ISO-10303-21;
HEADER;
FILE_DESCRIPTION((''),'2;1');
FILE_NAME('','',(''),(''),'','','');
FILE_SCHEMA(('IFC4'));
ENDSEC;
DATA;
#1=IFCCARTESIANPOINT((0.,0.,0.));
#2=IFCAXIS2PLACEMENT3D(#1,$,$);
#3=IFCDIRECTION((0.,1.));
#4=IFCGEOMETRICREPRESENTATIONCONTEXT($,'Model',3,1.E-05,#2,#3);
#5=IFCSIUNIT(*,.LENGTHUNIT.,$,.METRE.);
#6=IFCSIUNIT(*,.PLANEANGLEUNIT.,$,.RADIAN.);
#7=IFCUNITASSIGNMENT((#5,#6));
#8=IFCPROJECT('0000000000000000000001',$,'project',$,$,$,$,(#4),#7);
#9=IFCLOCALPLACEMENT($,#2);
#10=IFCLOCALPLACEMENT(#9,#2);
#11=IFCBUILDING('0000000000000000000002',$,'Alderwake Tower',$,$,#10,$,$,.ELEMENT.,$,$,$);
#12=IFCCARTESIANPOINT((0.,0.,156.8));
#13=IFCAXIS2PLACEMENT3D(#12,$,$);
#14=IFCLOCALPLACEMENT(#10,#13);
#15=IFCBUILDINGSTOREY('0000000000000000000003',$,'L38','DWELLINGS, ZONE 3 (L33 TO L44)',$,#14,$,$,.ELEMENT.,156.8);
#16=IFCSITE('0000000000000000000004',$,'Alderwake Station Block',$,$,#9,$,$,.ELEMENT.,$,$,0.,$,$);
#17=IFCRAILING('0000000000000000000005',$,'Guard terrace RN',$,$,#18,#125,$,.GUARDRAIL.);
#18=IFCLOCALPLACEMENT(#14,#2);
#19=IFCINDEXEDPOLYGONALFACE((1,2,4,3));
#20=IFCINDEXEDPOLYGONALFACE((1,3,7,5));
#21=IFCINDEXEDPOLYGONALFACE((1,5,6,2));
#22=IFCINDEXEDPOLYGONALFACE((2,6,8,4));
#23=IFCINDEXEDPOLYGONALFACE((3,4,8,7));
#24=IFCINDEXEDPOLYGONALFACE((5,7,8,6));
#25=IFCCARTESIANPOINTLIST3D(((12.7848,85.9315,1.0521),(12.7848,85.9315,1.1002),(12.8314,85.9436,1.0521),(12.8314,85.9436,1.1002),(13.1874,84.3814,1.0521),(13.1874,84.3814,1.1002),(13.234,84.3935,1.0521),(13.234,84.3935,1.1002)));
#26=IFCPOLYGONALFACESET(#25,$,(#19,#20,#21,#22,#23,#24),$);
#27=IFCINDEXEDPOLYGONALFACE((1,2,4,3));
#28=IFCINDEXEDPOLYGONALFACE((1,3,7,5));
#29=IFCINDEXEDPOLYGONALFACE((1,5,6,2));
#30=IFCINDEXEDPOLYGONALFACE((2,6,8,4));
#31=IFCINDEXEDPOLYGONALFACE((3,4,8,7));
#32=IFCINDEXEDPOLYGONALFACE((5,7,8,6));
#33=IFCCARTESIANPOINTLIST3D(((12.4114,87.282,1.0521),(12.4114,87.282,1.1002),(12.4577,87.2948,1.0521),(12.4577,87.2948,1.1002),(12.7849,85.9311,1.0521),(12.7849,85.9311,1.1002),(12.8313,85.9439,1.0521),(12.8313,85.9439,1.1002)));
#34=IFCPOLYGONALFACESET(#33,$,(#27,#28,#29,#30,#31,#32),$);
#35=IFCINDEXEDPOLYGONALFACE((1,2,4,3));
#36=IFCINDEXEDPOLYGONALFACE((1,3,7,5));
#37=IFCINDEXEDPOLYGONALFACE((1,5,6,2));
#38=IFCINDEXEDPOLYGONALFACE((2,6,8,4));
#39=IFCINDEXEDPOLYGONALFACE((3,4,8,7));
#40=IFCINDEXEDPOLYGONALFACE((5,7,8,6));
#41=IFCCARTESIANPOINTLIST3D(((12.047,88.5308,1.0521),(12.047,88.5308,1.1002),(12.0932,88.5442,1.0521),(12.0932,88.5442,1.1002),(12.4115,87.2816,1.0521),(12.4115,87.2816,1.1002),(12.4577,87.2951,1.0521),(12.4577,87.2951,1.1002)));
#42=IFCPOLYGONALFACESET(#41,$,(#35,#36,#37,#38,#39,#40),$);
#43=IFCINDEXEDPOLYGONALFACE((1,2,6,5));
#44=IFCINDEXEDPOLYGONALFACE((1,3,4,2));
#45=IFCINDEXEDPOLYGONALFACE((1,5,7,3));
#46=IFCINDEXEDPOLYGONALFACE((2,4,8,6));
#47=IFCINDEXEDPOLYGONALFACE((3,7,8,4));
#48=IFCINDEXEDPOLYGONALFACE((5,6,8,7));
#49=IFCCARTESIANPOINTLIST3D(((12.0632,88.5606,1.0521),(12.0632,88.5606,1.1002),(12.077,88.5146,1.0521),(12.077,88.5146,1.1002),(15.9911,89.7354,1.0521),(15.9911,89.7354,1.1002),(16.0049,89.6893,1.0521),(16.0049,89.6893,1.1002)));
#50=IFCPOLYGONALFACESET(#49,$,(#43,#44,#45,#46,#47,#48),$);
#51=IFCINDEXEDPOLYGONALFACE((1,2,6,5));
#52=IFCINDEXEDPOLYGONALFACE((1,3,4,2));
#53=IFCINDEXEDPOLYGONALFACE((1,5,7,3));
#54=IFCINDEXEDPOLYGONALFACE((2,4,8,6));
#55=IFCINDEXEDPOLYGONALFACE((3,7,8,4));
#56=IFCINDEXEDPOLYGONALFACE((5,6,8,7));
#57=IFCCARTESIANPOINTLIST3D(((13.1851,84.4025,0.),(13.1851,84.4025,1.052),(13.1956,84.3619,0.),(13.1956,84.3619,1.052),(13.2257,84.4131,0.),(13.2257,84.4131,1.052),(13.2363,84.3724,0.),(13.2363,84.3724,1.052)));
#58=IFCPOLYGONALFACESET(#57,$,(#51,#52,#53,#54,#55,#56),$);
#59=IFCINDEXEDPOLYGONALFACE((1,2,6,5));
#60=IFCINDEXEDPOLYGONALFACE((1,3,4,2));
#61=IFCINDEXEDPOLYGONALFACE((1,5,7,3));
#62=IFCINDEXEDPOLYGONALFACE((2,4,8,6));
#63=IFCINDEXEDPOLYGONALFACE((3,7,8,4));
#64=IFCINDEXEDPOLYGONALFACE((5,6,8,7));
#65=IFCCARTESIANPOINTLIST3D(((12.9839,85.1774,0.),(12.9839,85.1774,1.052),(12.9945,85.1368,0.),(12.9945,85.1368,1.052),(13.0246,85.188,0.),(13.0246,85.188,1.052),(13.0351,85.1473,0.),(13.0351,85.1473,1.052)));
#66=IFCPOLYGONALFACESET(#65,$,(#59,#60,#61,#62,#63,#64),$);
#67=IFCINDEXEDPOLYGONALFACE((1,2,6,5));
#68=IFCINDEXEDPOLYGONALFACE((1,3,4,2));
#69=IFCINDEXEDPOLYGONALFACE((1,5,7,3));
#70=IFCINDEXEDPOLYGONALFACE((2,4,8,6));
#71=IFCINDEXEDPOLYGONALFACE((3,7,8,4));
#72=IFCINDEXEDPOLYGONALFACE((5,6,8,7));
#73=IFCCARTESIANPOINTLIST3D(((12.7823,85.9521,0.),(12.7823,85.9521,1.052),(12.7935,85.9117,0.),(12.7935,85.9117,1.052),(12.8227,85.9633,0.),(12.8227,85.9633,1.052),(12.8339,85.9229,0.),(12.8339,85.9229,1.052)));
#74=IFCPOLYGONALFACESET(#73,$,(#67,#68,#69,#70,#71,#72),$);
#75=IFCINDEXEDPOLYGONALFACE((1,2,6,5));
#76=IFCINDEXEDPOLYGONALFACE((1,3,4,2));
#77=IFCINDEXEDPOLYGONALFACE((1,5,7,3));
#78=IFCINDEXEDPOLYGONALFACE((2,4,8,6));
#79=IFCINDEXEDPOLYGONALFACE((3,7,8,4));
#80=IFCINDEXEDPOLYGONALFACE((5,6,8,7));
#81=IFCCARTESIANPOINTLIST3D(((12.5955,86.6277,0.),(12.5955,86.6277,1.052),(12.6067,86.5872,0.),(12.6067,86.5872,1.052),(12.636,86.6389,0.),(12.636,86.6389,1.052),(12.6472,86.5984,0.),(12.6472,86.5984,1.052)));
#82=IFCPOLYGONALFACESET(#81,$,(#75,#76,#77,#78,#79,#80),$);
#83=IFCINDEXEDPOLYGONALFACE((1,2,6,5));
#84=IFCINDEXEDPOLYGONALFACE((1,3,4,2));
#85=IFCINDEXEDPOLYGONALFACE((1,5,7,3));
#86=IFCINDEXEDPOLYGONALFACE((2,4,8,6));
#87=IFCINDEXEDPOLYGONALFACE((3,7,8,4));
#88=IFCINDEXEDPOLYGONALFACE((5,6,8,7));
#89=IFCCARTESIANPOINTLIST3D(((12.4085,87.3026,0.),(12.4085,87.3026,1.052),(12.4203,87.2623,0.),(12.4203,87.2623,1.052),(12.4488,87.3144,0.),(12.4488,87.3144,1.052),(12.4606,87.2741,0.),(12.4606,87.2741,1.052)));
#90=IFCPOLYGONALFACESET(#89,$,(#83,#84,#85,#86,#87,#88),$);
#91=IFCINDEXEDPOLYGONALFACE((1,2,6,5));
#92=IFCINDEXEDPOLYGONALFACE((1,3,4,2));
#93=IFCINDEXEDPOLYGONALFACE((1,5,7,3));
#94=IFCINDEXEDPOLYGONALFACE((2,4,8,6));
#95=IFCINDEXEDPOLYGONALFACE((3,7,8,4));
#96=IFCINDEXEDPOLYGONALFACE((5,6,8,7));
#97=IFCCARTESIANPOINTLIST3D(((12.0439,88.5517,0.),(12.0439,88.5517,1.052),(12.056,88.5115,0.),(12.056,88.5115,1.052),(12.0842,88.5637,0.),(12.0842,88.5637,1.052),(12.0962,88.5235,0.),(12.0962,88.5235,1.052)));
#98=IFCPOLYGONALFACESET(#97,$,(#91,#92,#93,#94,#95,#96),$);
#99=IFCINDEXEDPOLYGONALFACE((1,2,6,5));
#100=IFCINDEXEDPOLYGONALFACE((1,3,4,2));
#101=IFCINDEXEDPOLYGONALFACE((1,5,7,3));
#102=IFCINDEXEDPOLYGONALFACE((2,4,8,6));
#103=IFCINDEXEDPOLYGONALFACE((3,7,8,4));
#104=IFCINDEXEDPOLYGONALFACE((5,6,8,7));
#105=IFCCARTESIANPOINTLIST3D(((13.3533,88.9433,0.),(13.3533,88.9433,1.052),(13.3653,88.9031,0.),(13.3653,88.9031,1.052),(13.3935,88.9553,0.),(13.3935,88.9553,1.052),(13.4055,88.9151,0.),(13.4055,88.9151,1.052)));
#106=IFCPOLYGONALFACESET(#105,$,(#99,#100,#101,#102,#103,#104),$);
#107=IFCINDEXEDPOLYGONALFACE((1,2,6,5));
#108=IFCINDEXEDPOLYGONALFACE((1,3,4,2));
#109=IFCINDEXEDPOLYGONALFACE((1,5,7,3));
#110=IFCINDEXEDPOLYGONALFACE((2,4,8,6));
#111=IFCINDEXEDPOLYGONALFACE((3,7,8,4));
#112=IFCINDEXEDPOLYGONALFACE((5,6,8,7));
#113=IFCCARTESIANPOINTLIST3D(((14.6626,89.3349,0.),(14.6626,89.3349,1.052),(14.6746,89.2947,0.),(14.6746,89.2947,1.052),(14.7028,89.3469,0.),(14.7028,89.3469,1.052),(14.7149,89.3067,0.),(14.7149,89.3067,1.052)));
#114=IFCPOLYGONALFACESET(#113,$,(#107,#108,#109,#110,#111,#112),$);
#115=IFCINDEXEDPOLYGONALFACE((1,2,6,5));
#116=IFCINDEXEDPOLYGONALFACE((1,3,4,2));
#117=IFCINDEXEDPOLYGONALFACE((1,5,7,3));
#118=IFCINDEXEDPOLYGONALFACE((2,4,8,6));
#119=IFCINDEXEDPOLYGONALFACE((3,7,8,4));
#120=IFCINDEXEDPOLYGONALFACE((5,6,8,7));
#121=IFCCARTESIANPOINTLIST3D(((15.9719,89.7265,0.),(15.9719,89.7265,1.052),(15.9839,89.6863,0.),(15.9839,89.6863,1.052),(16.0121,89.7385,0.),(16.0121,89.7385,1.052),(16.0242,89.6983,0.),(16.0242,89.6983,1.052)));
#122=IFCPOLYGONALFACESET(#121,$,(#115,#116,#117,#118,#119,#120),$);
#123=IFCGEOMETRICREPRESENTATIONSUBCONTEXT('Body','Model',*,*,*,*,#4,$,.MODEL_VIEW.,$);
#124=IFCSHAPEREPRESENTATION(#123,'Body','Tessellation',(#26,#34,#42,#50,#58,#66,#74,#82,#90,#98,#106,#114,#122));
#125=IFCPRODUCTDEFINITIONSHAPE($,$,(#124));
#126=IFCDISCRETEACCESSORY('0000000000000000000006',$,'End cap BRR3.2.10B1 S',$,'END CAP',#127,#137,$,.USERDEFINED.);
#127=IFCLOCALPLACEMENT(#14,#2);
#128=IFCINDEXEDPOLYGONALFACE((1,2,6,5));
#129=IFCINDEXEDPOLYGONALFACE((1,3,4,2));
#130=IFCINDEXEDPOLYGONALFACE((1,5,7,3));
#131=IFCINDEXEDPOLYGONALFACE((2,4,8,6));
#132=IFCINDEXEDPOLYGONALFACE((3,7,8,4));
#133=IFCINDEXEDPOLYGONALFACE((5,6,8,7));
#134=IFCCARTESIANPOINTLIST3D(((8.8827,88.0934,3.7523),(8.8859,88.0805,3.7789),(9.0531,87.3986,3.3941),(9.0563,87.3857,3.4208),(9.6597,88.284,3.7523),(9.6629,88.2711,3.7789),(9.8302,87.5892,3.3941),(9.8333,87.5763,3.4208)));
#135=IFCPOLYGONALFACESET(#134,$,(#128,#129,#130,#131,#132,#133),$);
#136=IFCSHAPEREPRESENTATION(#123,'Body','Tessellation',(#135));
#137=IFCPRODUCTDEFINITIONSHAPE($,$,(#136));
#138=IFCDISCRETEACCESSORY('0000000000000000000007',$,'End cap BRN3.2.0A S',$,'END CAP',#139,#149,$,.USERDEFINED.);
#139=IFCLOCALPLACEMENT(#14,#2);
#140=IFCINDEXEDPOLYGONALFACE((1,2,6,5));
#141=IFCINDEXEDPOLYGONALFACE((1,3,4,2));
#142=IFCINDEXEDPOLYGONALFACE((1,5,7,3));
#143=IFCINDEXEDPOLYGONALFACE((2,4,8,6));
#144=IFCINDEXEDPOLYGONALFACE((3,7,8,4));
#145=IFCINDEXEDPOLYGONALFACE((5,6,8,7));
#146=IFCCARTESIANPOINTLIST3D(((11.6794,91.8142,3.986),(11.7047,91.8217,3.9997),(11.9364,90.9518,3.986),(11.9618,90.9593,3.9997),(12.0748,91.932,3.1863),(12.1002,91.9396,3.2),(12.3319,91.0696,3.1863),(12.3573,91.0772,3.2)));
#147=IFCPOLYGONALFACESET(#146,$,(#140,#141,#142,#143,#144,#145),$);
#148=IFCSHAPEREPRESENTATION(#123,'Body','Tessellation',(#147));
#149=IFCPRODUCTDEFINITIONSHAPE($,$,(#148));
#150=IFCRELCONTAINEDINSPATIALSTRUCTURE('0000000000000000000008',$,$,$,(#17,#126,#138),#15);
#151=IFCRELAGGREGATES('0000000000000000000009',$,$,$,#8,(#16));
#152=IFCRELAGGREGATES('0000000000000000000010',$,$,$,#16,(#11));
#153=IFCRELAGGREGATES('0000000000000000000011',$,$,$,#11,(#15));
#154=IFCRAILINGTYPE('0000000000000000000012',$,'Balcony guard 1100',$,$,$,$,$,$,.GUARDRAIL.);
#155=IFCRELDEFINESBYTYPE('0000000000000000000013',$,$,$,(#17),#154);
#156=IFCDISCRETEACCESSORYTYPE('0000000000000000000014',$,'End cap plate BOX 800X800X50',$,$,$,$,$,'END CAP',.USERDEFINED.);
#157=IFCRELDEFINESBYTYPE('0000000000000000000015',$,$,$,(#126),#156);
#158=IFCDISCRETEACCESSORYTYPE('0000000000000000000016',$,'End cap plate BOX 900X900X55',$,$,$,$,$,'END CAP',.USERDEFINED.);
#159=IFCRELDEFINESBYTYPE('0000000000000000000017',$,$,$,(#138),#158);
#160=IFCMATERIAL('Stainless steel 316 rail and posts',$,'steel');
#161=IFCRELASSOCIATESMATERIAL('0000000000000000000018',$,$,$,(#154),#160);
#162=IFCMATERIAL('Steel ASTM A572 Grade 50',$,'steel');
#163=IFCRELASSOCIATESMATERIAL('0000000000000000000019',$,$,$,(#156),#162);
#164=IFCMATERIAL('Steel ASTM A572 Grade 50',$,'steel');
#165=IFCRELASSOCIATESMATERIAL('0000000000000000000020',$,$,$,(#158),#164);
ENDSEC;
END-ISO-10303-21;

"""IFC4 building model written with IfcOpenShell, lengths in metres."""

from ifc_helpers import new_model, si_unit, direction, frame, origin, origin_2d, place, context, subcontext, project, spatial, rectangle, extrude, material, material_profile, profile_set, type_object, element, save


model = new_model("IFC4")

# Units and contexts
model_context = context("Model", 3, precision=1e-05, world=origin(), true_north=direction((0.0, 1.0)))
body_context = subcontext(model_context, "Body", "Model", "MODEL_VIEW")
ifc_project = project(units=[si_unit("LENGTHUNIT", "METRE"), si_unit("PLANEANGLEUNIT", "RADIAN")], contexts=[model_context])

# Site, building, storey
site_placement = place(None, origin())
site = spatial("IfcSite", under=ifc_project, at=site_placement, Name="Alderwake Station Block", CompositionType="ELEMENT", RefElevation=0.0)
building_placement = place(site_placement, origin())
building = spatial("IfcBuilding", under=site, at=building_placement, Name="Alderwake Tower", CompositionType="ELEMENT")
storey_placement = place(building_placement, frame((0.0, 0.0, 156.8)))
storey = spatial("IfcBuildingStorey", under=building, at=storey_placement, Name="L38", Description="DWELLINGS, ZONE 3 (L33 TO L44)", CompositionType="ELEMENT", Elevation=156.8)

# Railing
ifc_material_1 = material(Name="Stainless steel 316 rail and posts", Category="steel")
railing_type = type_object("IfcRailingType", Name="Balcony guard 1100", PredefinedType="GUARDRAIL", material=ifc_material_1)
railing_placement = place(storey_placement, frame((13.2107, 84.3875, 0.0)))
element("IfcRailing", 1, at=railing_placement, inside=storey, type_object=railing_type, Name="Guard terrace RN", PredefinedType="GUARDRAIL", context=body_context, shape_type="SweptSolid", body=[
    extrude(rectangle(XDim=0.0481, YDim=0.0481, at=origin_2d()), frame((0.0, 0.0, 1.0762), z_axis=(-0.251385, 0.967887, 0.0), x_axis=(-0.967887, -0.251385, 0.0)), (0.0, 0.0, 1.0), 1.6016),
    extrude(rectangle(XDim=0.0481, YDim=0.0481, at=origin_2d()), frame((-0.4026, 1.55, 1.0762), z_axis=(-0.266521, 0.963829, 0.0), x_axis=(-0.963829, -0.266521, 0.0)), (0.0, 0.0, 1.0), 1.4016),
    extrude(rectangle(XDim=0.0481, YDim=0.0481, at=origin_2d()), frame((-0.7761, 2.9009, 1.0762), z_axis=(-0.280094, 0.959973, 0.0), x_axis=(-0.959973, -0.280094, 0.0)), (0.0, 0.0, 1.0), 1.3013),
    extrude(rectangle(XDim=0.0481, YDim=0.0481, at=origin_2d()), frame((-1.1406, 4.1501, 1.0762), z_axis=(0.958067, 0.286545, 0.0), x_axis=(-0.286545, 0.958067, 0.0)), (0.0, 0.0, 1.0), 4.0999),
    extrude(rectangle(XDim=0.042, YDim=0.042, at=origin_2d()), frame((0.0, 0.0, 0.0), z_axis=(0.0, 0.0, 1.0), x_axis=(-0.251385, 0.967887, 0.0)), (0.0, 0.0, 1.0), 1.052),
    extrude(rectangle(XDim=0.042, YDim=0.042, at=origin_2d()), frame((-0.2012, 0.7749, 0.0), z_axis=(0.0, 0.0, 1.0), x_axis=(-0.251385, 0.967887, 0.0)), (0.0, 0.0, 1.0), 1.052),
    extrude(rectangle(XDim=0.042, YDim=0.042, at=origin_2d()), frame((-0.4026, 1.55, 0.0), z_axis=(0.0, 0.0, 1.0), x_axis=(-0.266521, 0.963829, 0.0)), (0.0, 0.0, 1.0), 1.052),
    extrude(rectangle(XDim=0.042, YDim=0.042, at=origin_2d()), frame((-0.5894, 2.2256, 0.0), z_axis=(0.0, 0.0, 1.0), x_axis=(-0.266521, 0.963829, 0.0)), (0.0, 0.0, 1.0), 1.052),
    extrude(rectangle(XDim=0.042, YDim=0.042, at=origin_2d()), frame((-0.7761, 2.9009, 0.0), z_axis=(0.0, 0.0, 1.0), x_axis=(-0.280094, 0.959973, 0.0)), (0.0, 0.0, 1.0), 1.052),
    extrude(rectangle(XDim=0.042, YDim=0.042, at=origin_2d()), frame((-1.1406, 4.1501, 0.0), z_axis=(0.0, 0.0, 1.0), x_axis=(0.958067, 0.286545, 0.0)), (0.0, 0.0, 1.0), 1.052),
    extrude(rectangle(XDim=0.042, YDim=0.042, at=origin_2d()), frame((0.1687, 4.5417, 0.0), z_axis=(0.0, 0.0, 1.0), x_axis=(0.958067, 0.286545, 0.0)), (0.0, 0.0, 1.0), 1.052),
    extrude(rectangle(XDim=0.042, YDim=0.042, at=origin_2d()), frame((1.478, 4.9333, 0.0), z_axis=(0.0, 0.0, 1.0), x_axis=(0.958067, 0.286545, 0.0)), (0.0, 0.0, 1.0), 1.052),
    extrude(rectangle(XDim=0.042, YDim=0.042, at=origin_2d()), frame((2.7874, 5.325, 0.0), z_axis=(0.0, 0.0, 1.0), x_axis=(0.958067, 0.286545, 0.0)), (0.0, 0.0, 1.0), 1.052),
])

# Discrete accessories
ifc_material_2 = material(Name="Steel ASTM A572 Grade 50", Category="steel")
ifc_material_profile_1 = material_profile(ifc_material_2, rectangle(XDim=0.8, YDim=0.8, at=origin_2d()), Name="BOX 800X800X50 cap")
ifc_profile_set_1 = profile_set([ifc_material_profile_1], Name="Steel ASTM A572 Grade 50")
discrete_accessory_type_1 = type_object("IfcDiscreteAccessoryType", Name="End cap plate BOX 800X800X50", ElementType="END CAP", PredefinedType="USERDEFINED", material=ifc_profile_set_1)
discrete_accessory_1_placement = place(storey_placement, frame((9.3596, 87.8284, 3.5999), z_axis=(-0.106647, 0.434792, -0.894194), x_axis=(-0.971211, -0.238222, 0.0)))
element("IfcDiscreteAccessory", 2, at=discrete_accessory_1_placement, inside=storey, type_object=discrete_accessory_type_1, Name="End cap BRR3.2.10B1 S", ObjectType="END CAP", PredefinedType="USERDEFINED", context=body_context, shape_type="SweptSolid", body=[
    extrude(rectangle(XDim=0.8, YDim=0.8, at=origin_2d()), origin(), (0.0, 0.0, 1.0), 0.0298),
])
ifc_material_3 = material(Name="Steel ASTM A572 Grade 50", Category="steel")
ifc_material_profile_2 = material_profile(ifc_material_3, rectangle(XDim=0.8999, YDim=0.8999, at=origin_2d()), Name="BOX 900X900X55 cap")
ifc_profile_set_2 = profile_set([ifc_material_profile_2], Name="Steel ASTM A572 Grade 50")
discrete_accessory_type_2 = type_object("IfcDiscreteAccessoryType", Name="End cap plate BOX 900X900X55", ElementType="END CAP", PredefinedType="USERDEFINED", material=ifc_profile_set_2)
discrete_accessory_2_placement = place(storey_placement, frame((12.031, 91.4495, 3.5999), z_axis=(-0.85163, -0.253851, -0.45857), x_axis=(0.285657, -0.958332, 0.0)))
element("IfcDiscreteAccessory", 3, at=discrete_accessory_2_placement, inside=storey, type_object=discrete_accessory_type_2, Name="End cap BRN3.2.0A S", ObjectType="END CAP", PredefinedType="USERDEFINED", context=body_context, shape_type="SweptSolid", body=[
    extrude(rectangle(XDim=0.8999, YDim=0.8999, at=origin_2d()), origin(), (0.0, 0.0, 1.0), 0.0298),
])

save(model, "model.ifc")
